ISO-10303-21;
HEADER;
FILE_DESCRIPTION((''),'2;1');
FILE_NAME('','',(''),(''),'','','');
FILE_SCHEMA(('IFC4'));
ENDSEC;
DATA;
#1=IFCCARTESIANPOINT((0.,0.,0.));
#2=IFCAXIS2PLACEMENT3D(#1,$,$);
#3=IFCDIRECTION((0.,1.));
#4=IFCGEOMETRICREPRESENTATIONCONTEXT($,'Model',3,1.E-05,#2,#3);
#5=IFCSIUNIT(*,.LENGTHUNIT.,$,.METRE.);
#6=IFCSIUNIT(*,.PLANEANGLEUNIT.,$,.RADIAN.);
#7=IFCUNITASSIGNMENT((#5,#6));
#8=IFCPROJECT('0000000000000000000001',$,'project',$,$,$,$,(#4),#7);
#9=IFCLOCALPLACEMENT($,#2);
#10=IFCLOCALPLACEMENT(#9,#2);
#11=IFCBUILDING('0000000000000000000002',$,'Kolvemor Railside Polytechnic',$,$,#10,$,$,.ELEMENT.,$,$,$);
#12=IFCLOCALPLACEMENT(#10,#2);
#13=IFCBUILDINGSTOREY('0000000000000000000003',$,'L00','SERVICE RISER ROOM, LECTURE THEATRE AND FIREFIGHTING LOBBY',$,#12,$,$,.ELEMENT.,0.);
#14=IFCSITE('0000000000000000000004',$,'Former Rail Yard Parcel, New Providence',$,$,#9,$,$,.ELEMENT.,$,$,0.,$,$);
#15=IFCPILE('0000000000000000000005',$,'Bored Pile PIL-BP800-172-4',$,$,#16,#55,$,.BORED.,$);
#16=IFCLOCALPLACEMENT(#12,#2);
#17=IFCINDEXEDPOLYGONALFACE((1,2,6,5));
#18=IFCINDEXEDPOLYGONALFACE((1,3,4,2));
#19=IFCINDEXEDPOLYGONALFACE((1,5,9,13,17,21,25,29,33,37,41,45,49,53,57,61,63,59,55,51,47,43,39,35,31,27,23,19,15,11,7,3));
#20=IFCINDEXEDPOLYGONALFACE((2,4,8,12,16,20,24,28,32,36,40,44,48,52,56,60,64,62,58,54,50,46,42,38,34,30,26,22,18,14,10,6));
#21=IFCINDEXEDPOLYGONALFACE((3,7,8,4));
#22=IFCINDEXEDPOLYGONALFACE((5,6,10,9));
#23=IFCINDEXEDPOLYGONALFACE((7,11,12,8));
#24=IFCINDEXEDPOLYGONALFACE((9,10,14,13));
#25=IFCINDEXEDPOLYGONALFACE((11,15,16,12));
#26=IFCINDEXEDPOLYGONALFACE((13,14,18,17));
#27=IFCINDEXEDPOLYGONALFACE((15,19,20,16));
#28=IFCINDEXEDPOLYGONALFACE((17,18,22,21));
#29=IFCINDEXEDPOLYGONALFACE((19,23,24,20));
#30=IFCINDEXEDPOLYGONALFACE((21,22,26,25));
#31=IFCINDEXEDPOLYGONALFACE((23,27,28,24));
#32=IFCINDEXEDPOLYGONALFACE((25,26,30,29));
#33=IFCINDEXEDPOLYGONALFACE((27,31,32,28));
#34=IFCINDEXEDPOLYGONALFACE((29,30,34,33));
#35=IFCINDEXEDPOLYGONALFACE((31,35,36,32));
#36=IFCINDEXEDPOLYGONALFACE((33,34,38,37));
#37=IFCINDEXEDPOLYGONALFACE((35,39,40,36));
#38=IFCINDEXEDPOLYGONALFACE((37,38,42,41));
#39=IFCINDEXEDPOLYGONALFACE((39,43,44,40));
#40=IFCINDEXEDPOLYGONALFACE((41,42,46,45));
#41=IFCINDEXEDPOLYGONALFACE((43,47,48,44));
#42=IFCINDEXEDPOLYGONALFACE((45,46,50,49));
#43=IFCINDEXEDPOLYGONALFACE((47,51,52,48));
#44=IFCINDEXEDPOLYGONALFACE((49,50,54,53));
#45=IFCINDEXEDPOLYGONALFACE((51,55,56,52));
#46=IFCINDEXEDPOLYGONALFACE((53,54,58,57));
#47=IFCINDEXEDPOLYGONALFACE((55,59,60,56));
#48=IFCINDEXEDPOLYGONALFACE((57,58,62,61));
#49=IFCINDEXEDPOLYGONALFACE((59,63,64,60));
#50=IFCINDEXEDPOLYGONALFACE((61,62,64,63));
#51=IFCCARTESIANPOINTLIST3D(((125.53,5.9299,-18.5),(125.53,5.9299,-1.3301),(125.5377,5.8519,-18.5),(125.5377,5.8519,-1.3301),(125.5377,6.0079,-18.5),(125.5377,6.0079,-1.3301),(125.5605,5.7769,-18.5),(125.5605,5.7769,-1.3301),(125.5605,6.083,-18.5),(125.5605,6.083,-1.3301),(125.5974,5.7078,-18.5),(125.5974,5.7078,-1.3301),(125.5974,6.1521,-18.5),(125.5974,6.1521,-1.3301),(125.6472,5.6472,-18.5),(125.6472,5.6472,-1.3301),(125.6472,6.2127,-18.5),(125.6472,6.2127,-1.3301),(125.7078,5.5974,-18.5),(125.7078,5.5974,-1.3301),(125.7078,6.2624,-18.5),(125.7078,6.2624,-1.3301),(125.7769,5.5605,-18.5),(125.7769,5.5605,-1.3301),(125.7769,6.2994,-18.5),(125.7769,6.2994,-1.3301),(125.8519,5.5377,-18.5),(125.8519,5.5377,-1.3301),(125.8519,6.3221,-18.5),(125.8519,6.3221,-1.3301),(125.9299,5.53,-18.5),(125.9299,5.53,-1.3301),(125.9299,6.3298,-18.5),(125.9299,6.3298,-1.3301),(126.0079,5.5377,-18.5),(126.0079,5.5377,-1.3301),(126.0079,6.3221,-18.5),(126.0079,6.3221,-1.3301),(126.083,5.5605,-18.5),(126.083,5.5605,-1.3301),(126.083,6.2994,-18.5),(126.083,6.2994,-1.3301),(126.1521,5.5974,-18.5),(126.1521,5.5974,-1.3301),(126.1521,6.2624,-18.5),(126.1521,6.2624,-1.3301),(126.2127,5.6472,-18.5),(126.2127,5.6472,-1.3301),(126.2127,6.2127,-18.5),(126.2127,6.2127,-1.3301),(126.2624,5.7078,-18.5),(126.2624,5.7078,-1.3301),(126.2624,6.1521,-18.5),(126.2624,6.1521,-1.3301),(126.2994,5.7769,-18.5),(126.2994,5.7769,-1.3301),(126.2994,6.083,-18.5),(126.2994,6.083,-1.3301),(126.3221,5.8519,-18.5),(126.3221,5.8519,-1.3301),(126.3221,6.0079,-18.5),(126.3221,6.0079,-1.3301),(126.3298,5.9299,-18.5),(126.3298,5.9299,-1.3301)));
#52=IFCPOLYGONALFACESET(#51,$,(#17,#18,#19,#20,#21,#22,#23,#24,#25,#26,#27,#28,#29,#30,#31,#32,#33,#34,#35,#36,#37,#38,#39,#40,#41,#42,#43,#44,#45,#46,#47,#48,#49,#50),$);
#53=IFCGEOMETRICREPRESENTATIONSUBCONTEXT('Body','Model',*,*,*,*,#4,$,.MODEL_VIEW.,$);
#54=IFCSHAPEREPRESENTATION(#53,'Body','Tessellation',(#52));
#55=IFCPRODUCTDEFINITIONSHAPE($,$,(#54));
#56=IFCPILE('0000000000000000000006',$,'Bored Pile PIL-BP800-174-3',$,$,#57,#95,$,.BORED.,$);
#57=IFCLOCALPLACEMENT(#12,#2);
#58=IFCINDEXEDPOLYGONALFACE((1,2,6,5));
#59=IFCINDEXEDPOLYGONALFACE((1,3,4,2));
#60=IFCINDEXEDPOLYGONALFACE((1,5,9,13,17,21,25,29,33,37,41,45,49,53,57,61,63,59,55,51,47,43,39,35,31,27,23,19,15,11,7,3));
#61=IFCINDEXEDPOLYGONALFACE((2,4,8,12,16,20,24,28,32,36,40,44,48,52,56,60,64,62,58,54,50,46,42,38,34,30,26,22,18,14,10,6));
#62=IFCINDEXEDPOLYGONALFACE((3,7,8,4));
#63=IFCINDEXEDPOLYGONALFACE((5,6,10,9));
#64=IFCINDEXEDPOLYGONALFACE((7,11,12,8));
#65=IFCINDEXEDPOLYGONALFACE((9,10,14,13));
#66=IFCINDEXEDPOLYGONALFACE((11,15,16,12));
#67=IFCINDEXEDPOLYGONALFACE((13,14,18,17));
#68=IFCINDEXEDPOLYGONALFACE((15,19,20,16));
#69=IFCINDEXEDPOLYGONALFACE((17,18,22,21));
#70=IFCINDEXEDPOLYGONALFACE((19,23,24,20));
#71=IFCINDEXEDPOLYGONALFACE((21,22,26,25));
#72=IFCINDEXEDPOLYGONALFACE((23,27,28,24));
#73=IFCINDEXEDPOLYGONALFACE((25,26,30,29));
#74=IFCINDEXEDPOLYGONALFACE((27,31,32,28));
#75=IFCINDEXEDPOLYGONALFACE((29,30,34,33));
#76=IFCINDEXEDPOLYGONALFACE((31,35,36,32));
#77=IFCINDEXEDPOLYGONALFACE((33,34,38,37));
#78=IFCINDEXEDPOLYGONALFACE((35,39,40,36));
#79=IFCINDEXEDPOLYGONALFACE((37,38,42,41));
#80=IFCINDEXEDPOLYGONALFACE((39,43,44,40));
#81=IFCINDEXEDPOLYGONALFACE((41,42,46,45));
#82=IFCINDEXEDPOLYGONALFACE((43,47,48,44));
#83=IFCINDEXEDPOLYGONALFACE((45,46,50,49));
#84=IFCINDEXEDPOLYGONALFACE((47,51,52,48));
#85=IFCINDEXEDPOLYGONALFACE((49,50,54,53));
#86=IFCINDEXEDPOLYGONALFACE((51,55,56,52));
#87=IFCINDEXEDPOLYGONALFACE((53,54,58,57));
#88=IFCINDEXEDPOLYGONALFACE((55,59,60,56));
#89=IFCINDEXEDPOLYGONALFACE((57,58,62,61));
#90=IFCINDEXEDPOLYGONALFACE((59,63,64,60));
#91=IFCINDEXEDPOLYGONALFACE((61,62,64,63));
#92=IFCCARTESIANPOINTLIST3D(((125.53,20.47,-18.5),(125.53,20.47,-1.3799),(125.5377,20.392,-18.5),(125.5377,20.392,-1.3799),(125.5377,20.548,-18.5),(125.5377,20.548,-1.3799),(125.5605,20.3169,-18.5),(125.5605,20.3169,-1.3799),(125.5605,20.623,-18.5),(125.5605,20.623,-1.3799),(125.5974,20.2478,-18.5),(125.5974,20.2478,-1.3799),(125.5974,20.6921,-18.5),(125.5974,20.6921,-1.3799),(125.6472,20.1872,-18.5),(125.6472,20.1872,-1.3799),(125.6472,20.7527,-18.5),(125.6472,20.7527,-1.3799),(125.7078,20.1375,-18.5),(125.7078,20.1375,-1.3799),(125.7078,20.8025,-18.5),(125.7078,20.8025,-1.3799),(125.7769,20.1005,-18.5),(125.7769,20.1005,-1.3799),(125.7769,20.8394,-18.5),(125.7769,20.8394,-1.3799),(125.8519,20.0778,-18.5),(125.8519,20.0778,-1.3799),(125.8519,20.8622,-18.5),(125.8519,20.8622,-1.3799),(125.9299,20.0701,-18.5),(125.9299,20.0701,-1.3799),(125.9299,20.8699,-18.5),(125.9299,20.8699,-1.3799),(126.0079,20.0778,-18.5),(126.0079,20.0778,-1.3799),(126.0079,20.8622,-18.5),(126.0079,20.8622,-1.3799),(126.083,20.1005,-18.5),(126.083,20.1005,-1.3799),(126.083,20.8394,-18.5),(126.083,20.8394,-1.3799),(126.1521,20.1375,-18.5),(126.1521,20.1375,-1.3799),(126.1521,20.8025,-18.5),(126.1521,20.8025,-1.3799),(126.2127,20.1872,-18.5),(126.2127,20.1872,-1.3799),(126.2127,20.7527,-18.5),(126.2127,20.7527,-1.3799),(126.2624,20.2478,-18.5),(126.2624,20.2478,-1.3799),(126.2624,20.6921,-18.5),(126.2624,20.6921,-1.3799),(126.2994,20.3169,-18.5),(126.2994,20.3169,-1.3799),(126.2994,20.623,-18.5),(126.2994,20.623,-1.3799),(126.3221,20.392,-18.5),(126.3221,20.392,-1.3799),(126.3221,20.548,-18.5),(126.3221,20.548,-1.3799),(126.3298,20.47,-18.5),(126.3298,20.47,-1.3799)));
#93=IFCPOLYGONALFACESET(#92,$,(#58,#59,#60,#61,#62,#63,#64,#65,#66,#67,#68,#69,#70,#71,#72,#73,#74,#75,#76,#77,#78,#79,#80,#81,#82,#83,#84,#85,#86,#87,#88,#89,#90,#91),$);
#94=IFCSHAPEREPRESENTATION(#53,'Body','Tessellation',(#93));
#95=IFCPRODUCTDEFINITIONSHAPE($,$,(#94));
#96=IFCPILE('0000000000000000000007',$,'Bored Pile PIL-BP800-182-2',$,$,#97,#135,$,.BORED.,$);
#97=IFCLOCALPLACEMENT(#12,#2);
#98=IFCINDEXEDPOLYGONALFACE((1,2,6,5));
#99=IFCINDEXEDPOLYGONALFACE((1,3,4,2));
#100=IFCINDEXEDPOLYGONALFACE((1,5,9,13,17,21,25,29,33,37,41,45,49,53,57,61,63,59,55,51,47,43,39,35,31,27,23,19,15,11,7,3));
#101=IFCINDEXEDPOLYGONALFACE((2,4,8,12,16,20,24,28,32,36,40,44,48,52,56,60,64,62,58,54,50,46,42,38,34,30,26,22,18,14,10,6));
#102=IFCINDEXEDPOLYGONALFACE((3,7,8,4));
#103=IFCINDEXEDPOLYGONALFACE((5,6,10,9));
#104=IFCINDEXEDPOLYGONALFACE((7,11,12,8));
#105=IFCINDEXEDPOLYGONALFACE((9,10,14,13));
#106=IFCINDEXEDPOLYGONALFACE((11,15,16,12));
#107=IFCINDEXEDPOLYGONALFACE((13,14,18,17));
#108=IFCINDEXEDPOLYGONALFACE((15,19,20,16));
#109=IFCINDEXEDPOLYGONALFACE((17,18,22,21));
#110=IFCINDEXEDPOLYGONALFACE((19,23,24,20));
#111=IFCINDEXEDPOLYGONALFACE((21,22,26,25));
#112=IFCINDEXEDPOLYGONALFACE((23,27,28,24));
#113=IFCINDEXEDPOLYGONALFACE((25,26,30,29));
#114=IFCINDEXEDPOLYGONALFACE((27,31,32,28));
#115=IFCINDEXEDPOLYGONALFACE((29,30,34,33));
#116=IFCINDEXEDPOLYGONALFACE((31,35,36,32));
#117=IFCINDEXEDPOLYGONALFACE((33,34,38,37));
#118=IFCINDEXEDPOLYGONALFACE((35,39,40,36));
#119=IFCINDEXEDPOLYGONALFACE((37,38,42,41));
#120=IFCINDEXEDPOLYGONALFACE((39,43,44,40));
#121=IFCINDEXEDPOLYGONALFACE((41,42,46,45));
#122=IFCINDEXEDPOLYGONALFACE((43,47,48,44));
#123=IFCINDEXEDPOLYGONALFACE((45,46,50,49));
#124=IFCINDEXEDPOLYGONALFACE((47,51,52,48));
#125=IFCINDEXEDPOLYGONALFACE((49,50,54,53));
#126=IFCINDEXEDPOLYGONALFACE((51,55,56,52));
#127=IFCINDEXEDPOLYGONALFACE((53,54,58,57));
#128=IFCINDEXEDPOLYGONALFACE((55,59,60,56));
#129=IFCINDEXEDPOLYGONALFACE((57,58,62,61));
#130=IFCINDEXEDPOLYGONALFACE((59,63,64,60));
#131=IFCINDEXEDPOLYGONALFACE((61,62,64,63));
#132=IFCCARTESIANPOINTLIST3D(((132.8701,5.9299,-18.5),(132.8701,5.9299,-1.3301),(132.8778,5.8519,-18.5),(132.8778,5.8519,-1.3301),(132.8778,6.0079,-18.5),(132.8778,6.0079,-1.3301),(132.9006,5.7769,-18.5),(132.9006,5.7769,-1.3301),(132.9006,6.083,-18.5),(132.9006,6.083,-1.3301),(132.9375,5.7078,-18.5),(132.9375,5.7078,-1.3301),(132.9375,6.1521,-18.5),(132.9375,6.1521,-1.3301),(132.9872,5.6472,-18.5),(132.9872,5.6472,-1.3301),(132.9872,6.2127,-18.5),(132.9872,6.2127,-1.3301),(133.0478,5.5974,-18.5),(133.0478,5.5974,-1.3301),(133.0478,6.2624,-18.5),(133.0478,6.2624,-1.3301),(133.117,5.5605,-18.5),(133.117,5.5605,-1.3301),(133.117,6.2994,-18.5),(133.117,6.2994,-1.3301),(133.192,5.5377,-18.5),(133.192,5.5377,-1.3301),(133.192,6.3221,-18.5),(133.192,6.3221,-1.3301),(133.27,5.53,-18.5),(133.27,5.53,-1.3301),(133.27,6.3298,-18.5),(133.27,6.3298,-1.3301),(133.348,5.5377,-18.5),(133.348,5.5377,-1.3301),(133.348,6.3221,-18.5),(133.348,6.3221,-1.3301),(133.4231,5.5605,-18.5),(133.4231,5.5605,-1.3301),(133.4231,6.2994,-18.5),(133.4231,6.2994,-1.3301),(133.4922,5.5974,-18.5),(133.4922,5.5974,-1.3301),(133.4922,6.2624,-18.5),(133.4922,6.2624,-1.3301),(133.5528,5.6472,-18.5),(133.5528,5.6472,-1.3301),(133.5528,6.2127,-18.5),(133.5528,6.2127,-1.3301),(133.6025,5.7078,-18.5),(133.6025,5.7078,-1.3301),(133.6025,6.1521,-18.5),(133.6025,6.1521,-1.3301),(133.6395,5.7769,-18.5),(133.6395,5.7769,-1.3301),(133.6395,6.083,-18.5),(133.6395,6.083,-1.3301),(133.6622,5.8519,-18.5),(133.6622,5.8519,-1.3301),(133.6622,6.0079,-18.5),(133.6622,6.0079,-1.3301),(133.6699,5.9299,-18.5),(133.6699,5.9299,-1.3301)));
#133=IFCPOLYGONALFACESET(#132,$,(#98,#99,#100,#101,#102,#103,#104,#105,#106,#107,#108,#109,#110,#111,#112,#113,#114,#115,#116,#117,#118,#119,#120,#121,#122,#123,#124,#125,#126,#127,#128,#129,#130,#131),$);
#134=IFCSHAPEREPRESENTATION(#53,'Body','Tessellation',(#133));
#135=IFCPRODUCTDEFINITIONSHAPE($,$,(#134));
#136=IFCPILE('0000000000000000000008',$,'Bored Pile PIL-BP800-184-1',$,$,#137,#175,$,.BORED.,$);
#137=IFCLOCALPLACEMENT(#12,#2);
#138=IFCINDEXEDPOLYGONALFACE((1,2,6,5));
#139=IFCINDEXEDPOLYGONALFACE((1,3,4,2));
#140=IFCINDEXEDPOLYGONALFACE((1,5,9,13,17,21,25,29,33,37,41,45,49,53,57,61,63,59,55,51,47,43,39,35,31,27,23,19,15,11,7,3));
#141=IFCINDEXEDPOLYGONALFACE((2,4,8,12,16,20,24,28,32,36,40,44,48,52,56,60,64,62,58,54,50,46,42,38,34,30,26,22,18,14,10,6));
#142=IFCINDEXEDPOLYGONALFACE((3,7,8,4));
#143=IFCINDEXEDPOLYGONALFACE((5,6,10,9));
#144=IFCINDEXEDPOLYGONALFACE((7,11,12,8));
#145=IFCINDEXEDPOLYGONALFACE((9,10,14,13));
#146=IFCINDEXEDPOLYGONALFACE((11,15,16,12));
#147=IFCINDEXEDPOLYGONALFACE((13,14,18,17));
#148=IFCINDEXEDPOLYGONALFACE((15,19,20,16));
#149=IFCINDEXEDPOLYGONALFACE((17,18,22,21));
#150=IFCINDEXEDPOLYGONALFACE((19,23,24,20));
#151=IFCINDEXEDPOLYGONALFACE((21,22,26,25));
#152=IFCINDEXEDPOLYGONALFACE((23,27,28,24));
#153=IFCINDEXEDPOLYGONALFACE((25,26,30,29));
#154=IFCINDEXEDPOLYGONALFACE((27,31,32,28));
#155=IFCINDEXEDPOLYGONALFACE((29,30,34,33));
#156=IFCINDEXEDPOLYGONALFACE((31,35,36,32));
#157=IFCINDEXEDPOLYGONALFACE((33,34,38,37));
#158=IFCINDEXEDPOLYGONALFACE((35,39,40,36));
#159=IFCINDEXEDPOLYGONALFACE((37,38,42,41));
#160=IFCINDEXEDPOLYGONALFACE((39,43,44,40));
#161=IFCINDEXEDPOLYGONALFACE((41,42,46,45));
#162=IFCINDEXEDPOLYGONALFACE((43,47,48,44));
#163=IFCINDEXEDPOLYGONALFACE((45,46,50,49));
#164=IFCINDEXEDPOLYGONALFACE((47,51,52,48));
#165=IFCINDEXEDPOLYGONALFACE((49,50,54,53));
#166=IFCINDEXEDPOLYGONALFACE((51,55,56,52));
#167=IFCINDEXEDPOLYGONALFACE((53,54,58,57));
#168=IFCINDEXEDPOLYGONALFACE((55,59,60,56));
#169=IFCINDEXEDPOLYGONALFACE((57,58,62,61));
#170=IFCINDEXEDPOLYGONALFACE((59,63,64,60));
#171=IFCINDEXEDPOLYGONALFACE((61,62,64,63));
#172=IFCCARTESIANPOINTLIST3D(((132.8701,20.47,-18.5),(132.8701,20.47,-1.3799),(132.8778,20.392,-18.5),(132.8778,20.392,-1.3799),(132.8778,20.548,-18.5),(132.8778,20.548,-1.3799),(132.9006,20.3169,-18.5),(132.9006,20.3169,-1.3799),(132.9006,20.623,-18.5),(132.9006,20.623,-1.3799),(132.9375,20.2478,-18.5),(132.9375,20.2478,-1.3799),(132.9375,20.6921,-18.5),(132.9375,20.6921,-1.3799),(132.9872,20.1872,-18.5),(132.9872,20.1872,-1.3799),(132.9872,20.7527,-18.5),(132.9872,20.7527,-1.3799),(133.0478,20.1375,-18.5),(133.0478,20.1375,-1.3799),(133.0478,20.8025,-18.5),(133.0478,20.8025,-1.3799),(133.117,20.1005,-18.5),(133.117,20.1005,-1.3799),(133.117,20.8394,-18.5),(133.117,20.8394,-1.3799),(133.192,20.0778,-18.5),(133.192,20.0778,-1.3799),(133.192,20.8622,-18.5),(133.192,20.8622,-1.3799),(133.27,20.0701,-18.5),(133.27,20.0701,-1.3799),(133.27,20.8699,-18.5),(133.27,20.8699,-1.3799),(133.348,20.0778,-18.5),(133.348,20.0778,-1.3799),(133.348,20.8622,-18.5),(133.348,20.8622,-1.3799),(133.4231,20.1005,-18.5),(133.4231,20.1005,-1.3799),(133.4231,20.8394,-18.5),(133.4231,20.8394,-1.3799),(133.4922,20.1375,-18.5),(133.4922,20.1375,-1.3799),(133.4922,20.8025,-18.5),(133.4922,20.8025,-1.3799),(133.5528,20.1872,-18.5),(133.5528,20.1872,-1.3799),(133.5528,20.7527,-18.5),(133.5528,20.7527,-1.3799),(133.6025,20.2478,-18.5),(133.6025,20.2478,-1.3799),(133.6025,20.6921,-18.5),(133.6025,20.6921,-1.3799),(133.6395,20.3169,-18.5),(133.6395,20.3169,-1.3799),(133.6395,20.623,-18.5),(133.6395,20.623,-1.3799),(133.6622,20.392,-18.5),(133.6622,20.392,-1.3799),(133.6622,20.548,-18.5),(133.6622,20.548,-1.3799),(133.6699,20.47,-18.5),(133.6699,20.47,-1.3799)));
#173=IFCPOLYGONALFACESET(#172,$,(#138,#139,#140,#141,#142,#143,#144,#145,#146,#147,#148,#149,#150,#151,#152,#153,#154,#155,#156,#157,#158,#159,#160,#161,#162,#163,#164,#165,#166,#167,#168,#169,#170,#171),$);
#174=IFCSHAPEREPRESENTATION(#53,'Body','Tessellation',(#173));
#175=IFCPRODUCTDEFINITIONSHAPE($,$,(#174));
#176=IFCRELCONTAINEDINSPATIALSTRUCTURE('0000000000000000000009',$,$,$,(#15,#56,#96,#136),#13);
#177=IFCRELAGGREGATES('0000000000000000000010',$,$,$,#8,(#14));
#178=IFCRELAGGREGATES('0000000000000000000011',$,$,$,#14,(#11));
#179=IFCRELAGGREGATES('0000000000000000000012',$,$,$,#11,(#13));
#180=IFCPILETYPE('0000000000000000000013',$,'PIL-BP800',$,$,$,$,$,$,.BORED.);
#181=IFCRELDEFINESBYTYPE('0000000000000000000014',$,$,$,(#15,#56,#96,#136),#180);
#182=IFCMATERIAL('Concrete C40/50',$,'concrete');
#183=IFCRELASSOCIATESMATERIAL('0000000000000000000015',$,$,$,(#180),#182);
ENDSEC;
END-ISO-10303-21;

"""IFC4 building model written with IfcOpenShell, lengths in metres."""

from ifc_helpers import new_model, si_unit, direction, frame, origin, origin_2d, place, context, subcontext, project, spatial, circle, extrude, material, material_profile, profile_set, type_object, element, save


model = new_model("IFC4")

# Units and contexts
model_context = context("Model", 3, precision=1e-05, world=origin(), true_north=direction((0.0, 1.0)))
body_context = subcontext(model_context, "Body", "Model", "MODEL_VIEW")
ifc_project = project(units=[si_unit("LENGTHUNIT", "METRE"), si_unit("PLANEANGLEUNIT", "RADIAN")], contexts=[model_context])

# Site, building, storey
site_placement = place(None, origin())
site = spatial("IfcSite", under=ifc_project, at=site_placement, Name="Former Rail Yard Parcel, New Providence", CompositionType="ELEMENT", RefElevation=0.0)
building_placement = place(site_placement, origin())
building = spatial("IfcBuilding", under=site, at=building_placement, Name="Kolvemor Railside Polytechnic", CompositionType="ELEMENT")
storey_placement = place(building_placement, origin())
storey = spatial("IfcBuildingStorey", under=building, at=storey_placement, Name="L00", Description="SERVICE RISER ROOM, LECTURE THEATRE AND FIREFIGHTING LOBBY", CompositionType="ELEMENT", Elevation=0.0)

# Piles
ifc_material_1 = material(Name="Concrete C40/50", Category="concrete")
ifc_material_profile_1 = material_profile(ifc_material_1, circle(Radius=0.3999, at=origin_2d()), Name="BP800")
ifc_profile_set_1 = profile_set([ifc_material_profile_1], Name="Concrete C40/50")
pile_type_1 = type_object("IfcPileType", Name="PIL-BP800", PredefinedType="BORED", material=ifc_profile_set_1)
pile_1_placement = place(storey_placement, frame((125.9299, 5.9299, -1.3301), z_axis=(0.0, 0.0, -1.0), x_axis=(1.0, 0.0, 0.0)))
element("IfcPile", 1, at=pile_1_placement, inside=storey, type_object=pile_type_1, Name="Bored Pile PIL-BP800-172-4", PredefinedType="BORED", context=body_context, shape_type="SweptSolid", body=[
    extrude(circle(Radius=0.3999, at=origin_2d()), origin(), (0.0, 0.0, 1.0), 17.1699),
])
pile_2_placement = place(storey_placement, frame((125.9299, 20.47, -1.3799), z_axis=(0.0, 0.0, -1.0), x_axis=(1.0, 0.0, 0.0)))
element("IfcPile", 2, at=pile_2_placement, inside=storey, type_object=pile_type_1, Name="Bored Pile PIL-BP800-174-3", PredefinedType="BORED", context=body_context, shape_type="SweptSolid", body=[
    extrude(circle(Radius=0.3999, at=origin_2d()), origin(), (0.0, 0.0, 1.0), 17.1201),
])
pile_3_placement = place(storey_placement, frame((133.27, 5.9299, -1.3301), z_axis=(0.0, 0.0, -1.0), x_axis=(1.0, 0.0, 0.0)))
element("IfcPile", 3, at=pile_3_placement, inside=storey, type_object=pile_type_1, Name="Bored Pile PIL-BP800-182-2", PredefinedType="BORED", context=body_context, shape_type="SweptSolid", body=[
    extrude(circle(Radius=0.3999, at=origin_2d()), origin(), (0.0, 0.0, 1.0), 17.1699),
])
pile_4_placement = place(storey_placement, frame((133.27, 20.47, -1.3799), z_axis=(0.0, 0.0, -1.0), x_axis=(1.0, 0.0, 0.0)))
element("IfcPile", 4, at=pile_4_placement, inside=storey, type_object=pile_type_1, Name="Bored Pile PIL-BP800-184-1", PredefinedType="BORED", context=body_context, shape_type="SweptSolid", body=[
    extrude(circle(Radius=0.3999, at=origin_2d()), origin(), (0.0, 0.0, 1.0), 17.1201),
])

save(model, "model.ifc")
